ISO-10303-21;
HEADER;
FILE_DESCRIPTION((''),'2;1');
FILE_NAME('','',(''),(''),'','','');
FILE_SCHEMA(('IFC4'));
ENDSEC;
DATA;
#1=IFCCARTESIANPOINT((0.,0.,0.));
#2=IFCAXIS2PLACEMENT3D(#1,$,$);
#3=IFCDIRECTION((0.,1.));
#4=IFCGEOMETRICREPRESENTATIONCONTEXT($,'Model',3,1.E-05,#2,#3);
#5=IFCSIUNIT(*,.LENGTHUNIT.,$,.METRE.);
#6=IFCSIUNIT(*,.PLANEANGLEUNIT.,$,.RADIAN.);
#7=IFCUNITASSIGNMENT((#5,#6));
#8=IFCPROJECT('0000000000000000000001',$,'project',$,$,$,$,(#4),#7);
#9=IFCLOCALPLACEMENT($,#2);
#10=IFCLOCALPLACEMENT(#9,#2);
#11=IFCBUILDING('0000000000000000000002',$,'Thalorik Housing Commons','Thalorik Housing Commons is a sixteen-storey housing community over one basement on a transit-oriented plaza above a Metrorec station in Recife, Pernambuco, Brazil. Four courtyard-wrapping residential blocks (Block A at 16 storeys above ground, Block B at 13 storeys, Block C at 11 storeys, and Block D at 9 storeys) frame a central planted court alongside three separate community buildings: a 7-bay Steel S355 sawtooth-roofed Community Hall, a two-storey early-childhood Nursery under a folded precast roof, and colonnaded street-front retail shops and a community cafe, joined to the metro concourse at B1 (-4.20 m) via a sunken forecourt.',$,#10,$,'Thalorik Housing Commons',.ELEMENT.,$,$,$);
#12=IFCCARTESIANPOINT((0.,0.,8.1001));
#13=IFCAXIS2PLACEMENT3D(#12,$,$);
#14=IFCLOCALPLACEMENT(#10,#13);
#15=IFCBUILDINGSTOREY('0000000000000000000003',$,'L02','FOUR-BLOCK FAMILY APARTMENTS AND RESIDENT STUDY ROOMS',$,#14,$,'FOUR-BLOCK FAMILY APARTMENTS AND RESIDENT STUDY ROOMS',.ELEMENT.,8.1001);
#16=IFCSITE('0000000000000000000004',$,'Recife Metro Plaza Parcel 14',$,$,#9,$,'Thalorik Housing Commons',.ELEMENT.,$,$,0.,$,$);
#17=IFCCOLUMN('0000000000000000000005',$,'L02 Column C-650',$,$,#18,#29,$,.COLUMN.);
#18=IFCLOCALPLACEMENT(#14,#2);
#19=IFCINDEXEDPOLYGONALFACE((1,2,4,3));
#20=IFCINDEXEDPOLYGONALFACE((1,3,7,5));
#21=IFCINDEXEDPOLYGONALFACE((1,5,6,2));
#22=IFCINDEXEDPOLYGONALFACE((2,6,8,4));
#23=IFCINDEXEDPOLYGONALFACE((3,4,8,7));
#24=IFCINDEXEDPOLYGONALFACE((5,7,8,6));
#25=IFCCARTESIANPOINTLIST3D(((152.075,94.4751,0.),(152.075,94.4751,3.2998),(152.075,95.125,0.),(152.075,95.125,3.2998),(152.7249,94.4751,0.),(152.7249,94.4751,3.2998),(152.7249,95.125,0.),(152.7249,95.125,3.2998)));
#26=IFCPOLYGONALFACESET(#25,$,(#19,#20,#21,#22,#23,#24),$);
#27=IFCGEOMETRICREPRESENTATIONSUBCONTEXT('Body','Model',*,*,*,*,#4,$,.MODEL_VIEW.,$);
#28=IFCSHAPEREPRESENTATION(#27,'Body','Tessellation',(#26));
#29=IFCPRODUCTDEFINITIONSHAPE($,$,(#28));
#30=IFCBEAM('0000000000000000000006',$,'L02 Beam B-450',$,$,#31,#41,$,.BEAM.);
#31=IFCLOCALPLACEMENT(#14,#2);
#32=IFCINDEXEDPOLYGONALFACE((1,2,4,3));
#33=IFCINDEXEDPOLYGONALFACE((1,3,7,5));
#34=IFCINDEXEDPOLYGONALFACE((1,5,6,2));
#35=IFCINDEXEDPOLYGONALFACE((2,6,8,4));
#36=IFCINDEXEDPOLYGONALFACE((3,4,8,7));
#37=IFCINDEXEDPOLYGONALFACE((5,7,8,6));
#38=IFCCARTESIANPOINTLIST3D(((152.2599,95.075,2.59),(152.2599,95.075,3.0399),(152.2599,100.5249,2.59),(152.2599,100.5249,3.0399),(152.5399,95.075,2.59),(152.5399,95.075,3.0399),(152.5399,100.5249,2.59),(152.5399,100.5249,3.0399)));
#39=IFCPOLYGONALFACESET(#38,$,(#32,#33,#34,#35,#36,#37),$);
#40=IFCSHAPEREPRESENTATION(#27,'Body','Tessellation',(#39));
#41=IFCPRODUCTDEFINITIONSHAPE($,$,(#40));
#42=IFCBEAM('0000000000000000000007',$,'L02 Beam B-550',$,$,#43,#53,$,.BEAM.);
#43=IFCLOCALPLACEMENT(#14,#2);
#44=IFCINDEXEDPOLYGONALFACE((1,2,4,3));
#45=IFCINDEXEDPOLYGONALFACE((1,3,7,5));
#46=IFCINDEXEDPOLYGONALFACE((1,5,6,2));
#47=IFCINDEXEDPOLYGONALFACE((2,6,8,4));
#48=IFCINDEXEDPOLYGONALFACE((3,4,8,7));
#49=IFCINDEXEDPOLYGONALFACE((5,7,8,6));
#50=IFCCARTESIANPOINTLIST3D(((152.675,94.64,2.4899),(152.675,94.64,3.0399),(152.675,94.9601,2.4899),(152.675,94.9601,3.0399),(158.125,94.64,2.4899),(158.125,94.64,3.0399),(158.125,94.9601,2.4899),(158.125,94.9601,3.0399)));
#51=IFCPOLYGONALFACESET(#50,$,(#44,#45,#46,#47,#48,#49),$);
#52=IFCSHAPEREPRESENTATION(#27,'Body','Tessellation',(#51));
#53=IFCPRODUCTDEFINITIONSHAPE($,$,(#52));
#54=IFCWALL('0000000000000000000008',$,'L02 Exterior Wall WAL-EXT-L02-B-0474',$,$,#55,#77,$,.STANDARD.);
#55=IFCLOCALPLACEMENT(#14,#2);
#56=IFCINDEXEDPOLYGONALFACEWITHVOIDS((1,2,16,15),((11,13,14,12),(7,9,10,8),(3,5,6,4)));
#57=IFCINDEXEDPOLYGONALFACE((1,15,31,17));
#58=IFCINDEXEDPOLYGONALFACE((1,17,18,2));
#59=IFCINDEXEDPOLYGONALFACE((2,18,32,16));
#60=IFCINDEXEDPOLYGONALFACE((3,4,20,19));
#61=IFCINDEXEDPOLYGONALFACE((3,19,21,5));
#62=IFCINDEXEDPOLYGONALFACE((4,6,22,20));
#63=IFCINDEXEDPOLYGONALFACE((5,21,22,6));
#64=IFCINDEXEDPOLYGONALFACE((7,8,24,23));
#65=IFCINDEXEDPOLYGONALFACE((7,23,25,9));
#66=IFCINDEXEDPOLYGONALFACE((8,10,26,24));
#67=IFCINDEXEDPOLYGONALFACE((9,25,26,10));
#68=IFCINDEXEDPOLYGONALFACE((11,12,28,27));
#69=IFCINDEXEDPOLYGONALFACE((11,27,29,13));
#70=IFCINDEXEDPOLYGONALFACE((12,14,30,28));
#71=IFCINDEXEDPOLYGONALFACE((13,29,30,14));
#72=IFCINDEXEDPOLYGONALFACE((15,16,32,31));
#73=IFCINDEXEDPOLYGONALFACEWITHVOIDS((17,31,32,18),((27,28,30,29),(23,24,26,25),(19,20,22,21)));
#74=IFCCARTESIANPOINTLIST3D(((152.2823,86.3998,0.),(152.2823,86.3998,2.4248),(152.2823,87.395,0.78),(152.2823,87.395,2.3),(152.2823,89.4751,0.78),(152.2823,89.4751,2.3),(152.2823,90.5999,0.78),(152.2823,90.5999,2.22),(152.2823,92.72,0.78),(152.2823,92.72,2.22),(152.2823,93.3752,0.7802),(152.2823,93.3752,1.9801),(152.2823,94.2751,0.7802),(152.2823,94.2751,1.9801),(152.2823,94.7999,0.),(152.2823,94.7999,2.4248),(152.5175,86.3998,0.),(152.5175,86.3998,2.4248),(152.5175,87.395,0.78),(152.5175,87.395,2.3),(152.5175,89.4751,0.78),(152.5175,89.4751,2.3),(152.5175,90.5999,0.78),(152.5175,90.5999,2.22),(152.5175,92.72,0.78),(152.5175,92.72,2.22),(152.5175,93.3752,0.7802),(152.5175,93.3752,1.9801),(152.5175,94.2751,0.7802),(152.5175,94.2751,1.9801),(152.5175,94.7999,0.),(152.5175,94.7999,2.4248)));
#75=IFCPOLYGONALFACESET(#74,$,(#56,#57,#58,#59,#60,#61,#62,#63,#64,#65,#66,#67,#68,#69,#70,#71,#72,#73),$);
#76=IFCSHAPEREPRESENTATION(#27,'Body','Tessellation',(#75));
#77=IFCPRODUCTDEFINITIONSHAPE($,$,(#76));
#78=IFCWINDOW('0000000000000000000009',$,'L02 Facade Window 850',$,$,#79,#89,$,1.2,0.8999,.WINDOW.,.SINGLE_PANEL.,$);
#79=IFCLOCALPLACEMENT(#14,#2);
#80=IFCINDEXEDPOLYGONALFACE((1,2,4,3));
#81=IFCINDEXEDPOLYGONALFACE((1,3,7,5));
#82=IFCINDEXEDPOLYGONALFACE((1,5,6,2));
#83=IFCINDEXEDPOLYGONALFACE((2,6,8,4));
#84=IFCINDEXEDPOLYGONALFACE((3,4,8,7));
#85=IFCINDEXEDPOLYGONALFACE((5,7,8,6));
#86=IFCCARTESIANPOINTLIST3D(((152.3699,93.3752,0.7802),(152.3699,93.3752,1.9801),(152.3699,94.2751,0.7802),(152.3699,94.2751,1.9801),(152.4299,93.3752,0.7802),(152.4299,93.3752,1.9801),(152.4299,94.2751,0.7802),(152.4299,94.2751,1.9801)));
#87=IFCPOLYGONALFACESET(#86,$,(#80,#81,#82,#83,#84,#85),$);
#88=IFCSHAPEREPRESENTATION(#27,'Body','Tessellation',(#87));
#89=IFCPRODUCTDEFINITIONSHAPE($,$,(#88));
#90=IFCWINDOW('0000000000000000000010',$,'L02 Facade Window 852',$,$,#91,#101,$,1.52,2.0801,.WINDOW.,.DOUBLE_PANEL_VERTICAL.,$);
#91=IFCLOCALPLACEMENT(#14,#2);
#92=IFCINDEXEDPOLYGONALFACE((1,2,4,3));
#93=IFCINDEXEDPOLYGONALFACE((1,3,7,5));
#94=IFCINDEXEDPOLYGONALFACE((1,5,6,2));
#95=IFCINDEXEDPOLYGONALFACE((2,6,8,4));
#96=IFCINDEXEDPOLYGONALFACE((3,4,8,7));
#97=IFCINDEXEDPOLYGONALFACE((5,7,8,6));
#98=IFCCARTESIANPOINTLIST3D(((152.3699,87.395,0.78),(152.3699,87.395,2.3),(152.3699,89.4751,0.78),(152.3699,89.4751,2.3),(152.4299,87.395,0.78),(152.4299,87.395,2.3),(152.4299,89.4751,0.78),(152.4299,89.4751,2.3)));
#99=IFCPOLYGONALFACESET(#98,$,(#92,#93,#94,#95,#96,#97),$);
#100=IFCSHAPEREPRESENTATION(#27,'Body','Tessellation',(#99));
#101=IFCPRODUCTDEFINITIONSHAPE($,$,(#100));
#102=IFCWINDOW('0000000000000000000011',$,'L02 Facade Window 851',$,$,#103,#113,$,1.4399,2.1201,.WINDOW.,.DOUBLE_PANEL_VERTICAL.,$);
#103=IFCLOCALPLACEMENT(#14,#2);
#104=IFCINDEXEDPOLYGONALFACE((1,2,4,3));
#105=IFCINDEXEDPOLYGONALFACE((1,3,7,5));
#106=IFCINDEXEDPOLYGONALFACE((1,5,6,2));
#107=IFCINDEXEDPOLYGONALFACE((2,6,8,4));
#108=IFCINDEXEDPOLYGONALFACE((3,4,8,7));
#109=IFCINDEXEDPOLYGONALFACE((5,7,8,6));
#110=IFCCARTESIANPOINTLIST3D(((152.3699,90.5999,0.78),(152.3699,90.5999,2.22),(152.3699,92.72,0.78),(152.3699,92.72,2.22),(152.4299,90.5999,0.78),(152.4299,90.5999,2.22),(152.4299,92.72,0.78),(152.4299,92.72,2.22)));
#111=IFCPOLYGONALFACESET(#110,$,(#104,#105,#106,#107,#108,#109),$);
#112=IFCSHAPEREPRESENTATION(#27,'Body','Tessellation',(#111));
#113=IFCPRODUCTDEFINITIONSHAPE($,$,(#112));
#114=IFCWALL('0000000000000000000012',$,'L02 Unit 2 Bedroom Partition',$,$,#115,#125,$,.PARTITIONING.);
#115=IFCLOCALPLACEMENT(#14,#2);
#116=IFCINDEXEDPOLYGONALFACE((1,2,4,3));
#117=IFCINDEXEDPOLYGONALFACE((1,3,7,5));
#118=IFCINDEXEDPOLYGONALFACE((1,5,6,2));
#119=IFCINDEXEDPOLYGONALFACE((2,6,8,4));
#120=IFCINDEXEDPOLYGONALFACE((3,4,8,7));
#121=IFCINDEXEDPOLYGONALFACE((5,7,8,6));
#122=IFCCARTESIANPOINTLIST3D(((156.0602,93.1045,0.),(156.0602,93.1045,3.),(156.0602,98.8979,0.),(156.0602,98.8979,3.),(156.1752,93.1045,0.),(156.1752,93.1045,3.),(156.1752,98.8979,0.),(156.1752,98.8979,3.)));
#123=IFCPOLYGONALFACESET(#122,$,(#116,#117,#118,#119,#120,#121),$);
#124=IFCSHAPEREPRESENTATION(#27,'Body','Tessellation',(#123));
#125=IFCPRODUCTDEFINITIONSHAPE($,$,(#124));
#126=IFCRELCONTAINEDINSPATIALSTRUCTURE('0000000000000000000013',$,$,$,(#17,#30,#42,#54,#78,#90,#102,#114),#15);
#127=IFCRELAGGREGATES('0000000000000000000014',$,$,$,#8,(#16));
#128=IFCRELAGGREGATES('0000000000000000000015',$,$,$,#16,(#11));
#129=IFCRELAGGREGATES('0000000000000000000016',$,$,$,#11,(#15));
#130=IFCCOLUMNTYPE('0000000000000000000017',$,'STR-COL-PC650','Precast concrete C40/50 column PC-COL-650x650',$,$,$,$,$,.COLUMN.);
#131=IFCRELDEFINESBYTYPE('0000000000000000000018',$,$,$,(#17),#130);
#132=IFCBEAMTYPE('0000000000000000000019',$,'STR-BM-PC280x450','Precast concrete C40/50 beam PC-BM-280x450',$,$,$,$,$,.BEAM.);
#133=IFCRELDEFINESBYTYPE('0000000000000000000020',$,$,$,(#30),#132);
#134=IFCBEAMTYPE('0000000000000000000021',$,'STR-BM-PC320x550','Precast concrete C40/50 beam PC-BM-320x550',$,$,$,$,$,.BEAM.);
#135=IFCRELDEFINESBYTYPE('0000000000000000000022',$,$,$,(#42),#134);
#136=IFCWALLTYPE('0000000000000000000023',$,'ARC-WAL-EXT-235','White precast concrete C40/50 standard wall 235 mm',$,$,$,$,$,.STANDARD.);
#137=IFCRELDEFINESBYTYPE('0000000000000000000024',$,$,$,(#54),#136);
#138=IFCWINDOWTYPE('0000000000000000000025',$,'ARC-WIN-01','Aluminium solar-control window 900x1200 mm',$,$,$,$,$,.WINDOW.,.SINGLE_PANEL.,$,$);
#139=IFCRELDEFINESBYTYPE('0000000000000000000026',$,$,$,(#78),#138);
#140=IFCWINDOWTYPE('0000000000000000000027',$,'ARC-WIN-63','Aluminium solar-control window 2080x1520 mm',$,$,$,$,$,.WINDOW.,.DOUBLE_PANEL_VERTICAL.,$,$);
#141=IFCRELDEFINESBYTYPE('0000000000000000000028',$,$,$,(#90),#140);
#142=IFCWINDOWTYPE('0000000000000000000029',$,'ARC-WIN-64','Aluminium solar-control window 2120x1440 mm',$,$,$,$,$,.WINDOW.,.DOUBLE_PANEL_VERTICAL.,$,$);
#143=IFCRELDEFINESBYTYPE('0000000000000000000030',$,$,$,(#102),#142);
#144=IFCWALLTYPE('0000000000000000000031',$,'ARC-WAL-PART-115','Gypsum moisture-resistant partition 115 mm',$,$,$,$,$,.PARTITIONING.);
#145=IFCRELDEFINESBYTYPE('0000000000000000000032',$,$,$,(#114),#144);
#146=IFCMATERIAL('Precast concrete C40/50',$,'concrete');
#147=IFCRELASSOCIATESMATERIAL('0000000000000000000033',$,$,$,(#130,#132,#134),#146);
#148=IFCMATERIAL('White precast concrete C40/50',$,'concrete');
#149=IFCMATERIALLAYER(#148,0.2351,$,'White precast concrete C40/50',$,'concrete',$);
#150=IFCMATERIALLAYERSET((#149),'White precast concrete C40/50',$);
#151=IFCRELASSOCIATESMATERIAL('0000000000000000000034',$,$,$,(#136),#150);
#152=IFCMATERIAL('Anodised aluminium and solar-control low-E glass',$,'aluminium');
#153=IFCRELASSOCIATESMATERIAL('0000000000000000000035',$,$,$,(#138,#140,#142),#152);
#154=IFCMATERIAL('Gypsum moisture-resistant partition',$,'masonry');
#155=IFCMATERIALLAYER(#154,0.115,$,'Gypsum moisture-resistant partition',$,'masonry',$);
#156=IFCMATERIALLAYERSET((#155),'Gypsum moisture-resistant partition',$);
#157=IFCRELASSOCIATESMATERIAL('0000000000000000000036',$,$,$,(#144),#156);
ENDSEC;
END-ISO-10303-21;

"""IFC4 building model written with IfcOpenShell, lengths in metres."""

from ifc_helpers import new_model, si_unit, direction, frame, frame_2d, origin, origin_2d, place, context, subcontext, project, spatial, rectangle, extrude, material, layer, layer_set, material_profile, profile_set, type_object, element, fill, save


model = new_model("IFC4")

# Units and contexts
model_context = context("Model", 3, precision=1e-05, world=origin(), true_north=direction((0.0, 1.0)))
body_context = subcontext(model_context, "Body", "Model", "MODEL_VIEW")
ifc_project = project(units=[si_unit("LENGTHUNIT", "METRE"), si_unit("PLANEANGLEUNIT", "RADIAN")], contexts=[model_context])

# Site, building, storey
site_placement = place(None, origin())
site = spatial("IfcSite", under=ifc_project, at=site_placement, Name="Recife Metro Plaza Parcel 14", LongName="Thalorik Housing Commons", CompositionType="ELEMENT", RefElevation=0.0)
building_placement = place(site_placement, origin())
building = spatial("IfcBuilding", under=site, at=building_placement, Name="Thalorik Housing Commons", Description="Thalorik Housing Commons is a sixteen-storey housing community over one basement on a transit-oriented plaza above a Metrorec station in Recife, Pernambuco, Brazil. Four courtyard-wrapping residential blocks (Block A at 16 storeys above ground, Block B at 13 storeys, Block C at 11 storeys, and Block D at 9 storeys) frame a central planted court alongside three separate community buildings: a 7-bay Steel S355 sawtooth-roofed Community Hall, a two-storey early-childhood Nursery under a folded precast roof, and colonnaded street-front retail shops and a community cafe, joined to the metro concourse at B1 (-4.20 m) via a sunken forecourt.", LongName="Thalorik Housing Commons", CompositionType="ELEMENT")
storey_placement = place(building_placement, frame((0.0, 0.0, 8.1001)))
storey = spatial("IfcBuildingStorey", under=building, at=storey_placement, Name="L02", Description="FOUR-BLOCK FAMILY APARTMENTS AND RESIDENT STUDY ROOMS", LongName="FOUR-BLOCK FAMILY APARTMENTS AND RESIDENT STUDY ROOMS", CompositionType="ELEMENT", Elevation=8.1001)

# Column
ifc_material_1 = material(Name="Precast concrete C40/50", Category="concrete")
ifc_material_profile_1 = material_profile(ifc_material_1, rectangle(XDim=0.6499, YDim=0.6499, at=origin_2d()), Name="PC 650x650", Category="concrete")
ifc_profile_set_1 = profile_set([ifc_material_profile_1], Name="Precast concrete C40/50")
column_type = type_object("IfcColumnType", Name="STR-COL-PC650", Description="Precast concrete C40/50 column PC-COL-650x650", PredefinedType="COLUMN", material=ifc_profile_set_1)
column_placement = place(storey_placement, frame((152.3999, 94.8, 0.0), z_axis=(0.0, 0.0, 1.0), x_axis=(1.0, 0.0, 0.0)))
element("IfcColumn", 1, at=column_placement, inside=storey, type_object=column_type, Name="L02 Column C-650", PredefinedType="COLUMN", context=body_context, shape_type="SweptSolid", body=[
    extrude(rectangle(XDim=0.6499, YDim=0.6499, at=origin_2d()), origin(), (0.0, 0.0, 1.0), 3.2998),
])

# Beams
ifc_material_profile_2 = material_profile(ifc_material_1, rectangle(XDim=0.28, YDim=0.45, at=origin_2d()), Name="PC 280x450", Category="concrete")
ifc_profile_set_2 = profile_set([ifc_material_profile_2], Name="Precast concrete C40/50")
beam_type_1 = type_object("IfcBeamType", Name="STR-BM-PC280x450", Description="Precast concrete C40/50 beam PC-BM-280x450", PredefinedType="BEAM", material=ifc_profile_set_2)
beam_1_placement = place(storey_placement, frame((152.3999, 95.075, 2.8149), z_axis=(0.0, 1.0, 0.0), x_axis=(-1.0, 0.0, 0.0)))
element("IfcBeam", 2, at=beam_1_placement, inside=storey, type_object=beam_type_1, Name="L02 Beam B-450", PredefinedType="BEAM", context=body_context, shape_type="SweptSolid", body=[
    extrude(rectangle(XDim=0.28, YDim=0.45, at=origin_2d()), origin(), (0.0, 0.0, 1.0), 5.45),
])
ifc_material_profile_3 = material_profile(ifc_material_1, rectangle(XDim=0.3201, YDim=0.55, at=origin_2d()), Name="PC 320x550", Category="concrete")
ifc_profile_set_3 = profile_set([ifc_material_profile_3], Name="Precast concrete C40/50")
beam_type_2 = type_object("IfcBeamType", Name="STR-BM-PC320x550", Description="Precast concrete C40/50 beam PC-BM-320x550", PredefinedType="BEAM", material=ifc_profile_set_3)
beam_2_placement = place(storey_placement, frame((152.675, 94.8, 2.7649), z_axis=(1.0, 0.0, 0.0), x_axis=(0.0, 1.0, 0.0)))
element("IfcBeam", 3, at=beam_2_placement, inside=storey, type_object=beam_type_2, Name="L02 Beam B-550", PredefinedType="BEAM", context=body_context, shape_type="SweptSolid", body=[
    extrude(rectangle(XDim=0.3201, YDim=0.55, at=origin_2d()), origin(), (0.0, 0.0, 1.0), 5.45),
])

# Wall, openings, windows
ifc_material_2 = material(Name="White precast concrete C40/50", Category="concrete")
ifc_layer_1 = layer(ifc_material_2, 0.2351, Name="White precast concrete C40/50", Category="concrete")
ifc_layer_set_1 = layer_set([ifc_layer_1], Name="White precast concrete C40/50")
wall_type_1 = type_object("IfcWallType", Name="ARC-WAL-EXT-235", Description="White precast concrete C40/50 standard wall 235 mm", PredefinedType="STANDARD", material=ifc_layer_set_1)
wall_1_placement = place(storey_placement, frame((152.3999, 94.8, 0.0), z_axis=(0.0, 0.0, 1.0), x_axis=(0.0, -1.0, 0.0)))
wall_1 = element("IfcWall", 4, at=wall_1_placement, inside=storey, type_object=wall_type_1, Name="L02 Exterior Wall WAL-EXT-L02-B-0474", PredefinedType="STANDARD", context=body_context, shape_type="SweptSolid", body=[
    extrude(rectangle(XDim=8.4001, YDim=0.2351, at=frame_2d((4.2002, 0.0))), origin(), (0.0, 0.0, 1.0), 2.4248),
])
opening_1_placement = place(wall_1_placement, frame((0.5249, 0.0, 0.78)))
opening_1 = element("IfcOpeningElement", 5, at=opening_1_placement, cuts=wall_1, PredefinedType="OPENING", context=body_context, shape_type="SweptSolid", body=[
    extrude(rectangle(XDim=0.8999, YDim=1.2, at=frame_2d((0.45, 0.6001))), frame((0.0, 0.1274, 0.0), z_axis=(0.0, -1.0, 0.0), x_axis=(1.0, 0.0, 0.0)), (0.0, 0.0, 1.0), 0.2551),
])
opening_2_placement = place(wall_1_placement, frame((2.0801, 0.0, 0.78)))
opening_2 = element("IfcOpeningElement", 6, at=opening_2_placement, cuts=wall_1, PredefinedType="OPENING", context=body_context, shape_type="SweptSolid", body=[
    extrude(rectangle(XDim=2.1201, YDim=1.4399, at=frame_2d((1.0601, 0.72))), frame((0.0, 0.1274, 0.0), z_axis=(0.0, -1.0, 0.0), x_axis=(1.0, 0.0, 0.0)), (0.0, 0.0, 1.0), 0.2551),
])
opening_3_placement = place(wall_1_placement, frame((5.325, 0.0, 0.78)))
opening_3 = element("IfcOpeningElement", 7, at=opening_3_placement, cuts=wall_1, PredefinedType="OPENING", context=body_context, shape_type="SweptSolid", body=[
    extrude(rectangle(XDim=2.0801, YDim=1.52, at=frame_2d((1.04, 0.76))), frame((0.0, 0.1274, 0.0), z_axis=(0.0, -1.0, 0.0), x_axis=(1.0, 0.0, 0.0)), (0.0, 0.0, 1.0), 0.2551),
])
ifc_material_3 = material(Name="Anodised aluminium and solar-control low-E glass", Category="aluminium")
window_type_1 = type_object("IfcWindowType", Name="ARC-WIN-01", Description="Aluminium solar-control window 900x1200 mm", PartitioningType="SINGLE_PANEL", PredefinedType="WINDOW", material=ifc_material_3)
window_1_placement = place(opening_1_placement, origin())
window_1 = element("IfcWindow", 8, at=window_1_placement, inside=storey, type_object=window_type_1, Name="L02 Facade Window 850", OverallHeight=1.2, OverallWidth=0.8999, PartitioningType="SINGLE_PANEL", PredefinedType="WINDOW", context=body_context, shape_type="SweptSolid", body=[
    extrude(rectangle(XDim=0.8999, YDim=1.2, at=frame_2d((0.45, 0.6001))), frame((0.0, 0.03, 0.0), z_axis=(0.0, -1.0, 0.0), x_axis=(1.0, 0.0, 0.0)), (0.0, 0.0, 1.0), 0.0601),
])
fill(opening_1, window_1)
window_type_2 = type_object("IfcWindowType", Name="ARC-WIN-63", Description="Aluminium solar-control window 2080x1520 mm", PartitioningType="DOUBLE_PANEL_VERTICAL", PredefinedType="WINDOW", material=ifc_material_3)
window_2_placement = place(opening_3_placement, origin())
window_2 = element("IfcWindow", 9, at=window_2_placement, inside=storey, type_object=window_type_2, Name="L02 Facade Window 852", OverallHeight=1.52, OverallWidth=2.0801, PartitioningType="DOUBLE_PANEL_VERTICAL", PredefinedType="WINDOW", context=body_context, shape_type="SweptSolid", body=[
    extrude(rectangle(XDim=2.0801, YDim=1.52, at=frame_2d((1.04, 0.76))), frame((0.0, 0.03, 0.0), z_axis=(0.0, -1.0, 0.0), x_axis=(1.0, 0.0, 0.0)), (0.0, 0.0, 1.0), 0.0601),
])
fill(opening_3, window_2)
window_type_3 = type_object("IfcWindowType", Name="ARC-WIN-64", Description="Aluminium solar-control window 2120x1440 mm", PartitioningType="DOUBLE_PANEL_VERTICAL", PredefinedType="WINDOW", material=ifc_material_3)
window_3_placement = place(opening_2_placement, origin())
window_3 = element("IfcWindow", 10, at=window_3_placement, inside=storey, type_object=window_type_3, Name="L02 Facade Window 851", OverallHeight=1.4399, OverallWidth=2.1201, PartitioningType="DOUBLE_PANEL_VERTICAL", PredefinedType="WINDOW", context=body_context, shape_type="SweptSolid", body=[
    extrude(rectangle(XDim=2.1201, YDim=1.4399, at=frame_2d((1.0601, 0.72))), frame((0.0, 0.03, 0.0), z_axis=(0.0, -1.0, 0.0), x_axis=(1.0, 0.0, 0.0)), (0.0, 0.0, 1.0), 0.0601),
])
fill(opening_2, window_3)

# Wall
ifc_material_4 = material(Name="Gypsum moisture-resistant partition", Category="masonry")
ifc_layer_2 = layer(ifc_material_4, 0.115, Name="Gypsum moisture-resistant partition", Category="masonry")
ifc_layer_set_2 = layer_set([ifc_layer_2], Name="Gypsum moisture-resistant partition")
wall_type_2 = type_object("IfcWallType", Name="ARC-WAL-PART-115", Description="Gypsum moisture-resistant partition 115 mm", PredefinedType="PARTITIONING", material=ifc_layer_set_2)
wall_2_placement = place(storey_placement, frame((156.1177, 93.1045, 0.0), z_axis=(0.0, 0.0, 1.0), x_axis=(0.0, 1.0, 0.0)))
element("IfcWall", 11, at=wall_2_placement, inside=storey, type_object=wall_type_2, Name="L02 Unit 2 Bedroom Partition", PredefinedType="PARTITIONING", context=body_context, shape_type="SweptSolid", body=[
    extrude(rectangle(XDim=5.7935, YDim=0.115, at=frame_2d((2.8967, 0.0))), origin(), (0.0, 0.0, 1.0), 3.0),
])

save(model, "model.ifc")
